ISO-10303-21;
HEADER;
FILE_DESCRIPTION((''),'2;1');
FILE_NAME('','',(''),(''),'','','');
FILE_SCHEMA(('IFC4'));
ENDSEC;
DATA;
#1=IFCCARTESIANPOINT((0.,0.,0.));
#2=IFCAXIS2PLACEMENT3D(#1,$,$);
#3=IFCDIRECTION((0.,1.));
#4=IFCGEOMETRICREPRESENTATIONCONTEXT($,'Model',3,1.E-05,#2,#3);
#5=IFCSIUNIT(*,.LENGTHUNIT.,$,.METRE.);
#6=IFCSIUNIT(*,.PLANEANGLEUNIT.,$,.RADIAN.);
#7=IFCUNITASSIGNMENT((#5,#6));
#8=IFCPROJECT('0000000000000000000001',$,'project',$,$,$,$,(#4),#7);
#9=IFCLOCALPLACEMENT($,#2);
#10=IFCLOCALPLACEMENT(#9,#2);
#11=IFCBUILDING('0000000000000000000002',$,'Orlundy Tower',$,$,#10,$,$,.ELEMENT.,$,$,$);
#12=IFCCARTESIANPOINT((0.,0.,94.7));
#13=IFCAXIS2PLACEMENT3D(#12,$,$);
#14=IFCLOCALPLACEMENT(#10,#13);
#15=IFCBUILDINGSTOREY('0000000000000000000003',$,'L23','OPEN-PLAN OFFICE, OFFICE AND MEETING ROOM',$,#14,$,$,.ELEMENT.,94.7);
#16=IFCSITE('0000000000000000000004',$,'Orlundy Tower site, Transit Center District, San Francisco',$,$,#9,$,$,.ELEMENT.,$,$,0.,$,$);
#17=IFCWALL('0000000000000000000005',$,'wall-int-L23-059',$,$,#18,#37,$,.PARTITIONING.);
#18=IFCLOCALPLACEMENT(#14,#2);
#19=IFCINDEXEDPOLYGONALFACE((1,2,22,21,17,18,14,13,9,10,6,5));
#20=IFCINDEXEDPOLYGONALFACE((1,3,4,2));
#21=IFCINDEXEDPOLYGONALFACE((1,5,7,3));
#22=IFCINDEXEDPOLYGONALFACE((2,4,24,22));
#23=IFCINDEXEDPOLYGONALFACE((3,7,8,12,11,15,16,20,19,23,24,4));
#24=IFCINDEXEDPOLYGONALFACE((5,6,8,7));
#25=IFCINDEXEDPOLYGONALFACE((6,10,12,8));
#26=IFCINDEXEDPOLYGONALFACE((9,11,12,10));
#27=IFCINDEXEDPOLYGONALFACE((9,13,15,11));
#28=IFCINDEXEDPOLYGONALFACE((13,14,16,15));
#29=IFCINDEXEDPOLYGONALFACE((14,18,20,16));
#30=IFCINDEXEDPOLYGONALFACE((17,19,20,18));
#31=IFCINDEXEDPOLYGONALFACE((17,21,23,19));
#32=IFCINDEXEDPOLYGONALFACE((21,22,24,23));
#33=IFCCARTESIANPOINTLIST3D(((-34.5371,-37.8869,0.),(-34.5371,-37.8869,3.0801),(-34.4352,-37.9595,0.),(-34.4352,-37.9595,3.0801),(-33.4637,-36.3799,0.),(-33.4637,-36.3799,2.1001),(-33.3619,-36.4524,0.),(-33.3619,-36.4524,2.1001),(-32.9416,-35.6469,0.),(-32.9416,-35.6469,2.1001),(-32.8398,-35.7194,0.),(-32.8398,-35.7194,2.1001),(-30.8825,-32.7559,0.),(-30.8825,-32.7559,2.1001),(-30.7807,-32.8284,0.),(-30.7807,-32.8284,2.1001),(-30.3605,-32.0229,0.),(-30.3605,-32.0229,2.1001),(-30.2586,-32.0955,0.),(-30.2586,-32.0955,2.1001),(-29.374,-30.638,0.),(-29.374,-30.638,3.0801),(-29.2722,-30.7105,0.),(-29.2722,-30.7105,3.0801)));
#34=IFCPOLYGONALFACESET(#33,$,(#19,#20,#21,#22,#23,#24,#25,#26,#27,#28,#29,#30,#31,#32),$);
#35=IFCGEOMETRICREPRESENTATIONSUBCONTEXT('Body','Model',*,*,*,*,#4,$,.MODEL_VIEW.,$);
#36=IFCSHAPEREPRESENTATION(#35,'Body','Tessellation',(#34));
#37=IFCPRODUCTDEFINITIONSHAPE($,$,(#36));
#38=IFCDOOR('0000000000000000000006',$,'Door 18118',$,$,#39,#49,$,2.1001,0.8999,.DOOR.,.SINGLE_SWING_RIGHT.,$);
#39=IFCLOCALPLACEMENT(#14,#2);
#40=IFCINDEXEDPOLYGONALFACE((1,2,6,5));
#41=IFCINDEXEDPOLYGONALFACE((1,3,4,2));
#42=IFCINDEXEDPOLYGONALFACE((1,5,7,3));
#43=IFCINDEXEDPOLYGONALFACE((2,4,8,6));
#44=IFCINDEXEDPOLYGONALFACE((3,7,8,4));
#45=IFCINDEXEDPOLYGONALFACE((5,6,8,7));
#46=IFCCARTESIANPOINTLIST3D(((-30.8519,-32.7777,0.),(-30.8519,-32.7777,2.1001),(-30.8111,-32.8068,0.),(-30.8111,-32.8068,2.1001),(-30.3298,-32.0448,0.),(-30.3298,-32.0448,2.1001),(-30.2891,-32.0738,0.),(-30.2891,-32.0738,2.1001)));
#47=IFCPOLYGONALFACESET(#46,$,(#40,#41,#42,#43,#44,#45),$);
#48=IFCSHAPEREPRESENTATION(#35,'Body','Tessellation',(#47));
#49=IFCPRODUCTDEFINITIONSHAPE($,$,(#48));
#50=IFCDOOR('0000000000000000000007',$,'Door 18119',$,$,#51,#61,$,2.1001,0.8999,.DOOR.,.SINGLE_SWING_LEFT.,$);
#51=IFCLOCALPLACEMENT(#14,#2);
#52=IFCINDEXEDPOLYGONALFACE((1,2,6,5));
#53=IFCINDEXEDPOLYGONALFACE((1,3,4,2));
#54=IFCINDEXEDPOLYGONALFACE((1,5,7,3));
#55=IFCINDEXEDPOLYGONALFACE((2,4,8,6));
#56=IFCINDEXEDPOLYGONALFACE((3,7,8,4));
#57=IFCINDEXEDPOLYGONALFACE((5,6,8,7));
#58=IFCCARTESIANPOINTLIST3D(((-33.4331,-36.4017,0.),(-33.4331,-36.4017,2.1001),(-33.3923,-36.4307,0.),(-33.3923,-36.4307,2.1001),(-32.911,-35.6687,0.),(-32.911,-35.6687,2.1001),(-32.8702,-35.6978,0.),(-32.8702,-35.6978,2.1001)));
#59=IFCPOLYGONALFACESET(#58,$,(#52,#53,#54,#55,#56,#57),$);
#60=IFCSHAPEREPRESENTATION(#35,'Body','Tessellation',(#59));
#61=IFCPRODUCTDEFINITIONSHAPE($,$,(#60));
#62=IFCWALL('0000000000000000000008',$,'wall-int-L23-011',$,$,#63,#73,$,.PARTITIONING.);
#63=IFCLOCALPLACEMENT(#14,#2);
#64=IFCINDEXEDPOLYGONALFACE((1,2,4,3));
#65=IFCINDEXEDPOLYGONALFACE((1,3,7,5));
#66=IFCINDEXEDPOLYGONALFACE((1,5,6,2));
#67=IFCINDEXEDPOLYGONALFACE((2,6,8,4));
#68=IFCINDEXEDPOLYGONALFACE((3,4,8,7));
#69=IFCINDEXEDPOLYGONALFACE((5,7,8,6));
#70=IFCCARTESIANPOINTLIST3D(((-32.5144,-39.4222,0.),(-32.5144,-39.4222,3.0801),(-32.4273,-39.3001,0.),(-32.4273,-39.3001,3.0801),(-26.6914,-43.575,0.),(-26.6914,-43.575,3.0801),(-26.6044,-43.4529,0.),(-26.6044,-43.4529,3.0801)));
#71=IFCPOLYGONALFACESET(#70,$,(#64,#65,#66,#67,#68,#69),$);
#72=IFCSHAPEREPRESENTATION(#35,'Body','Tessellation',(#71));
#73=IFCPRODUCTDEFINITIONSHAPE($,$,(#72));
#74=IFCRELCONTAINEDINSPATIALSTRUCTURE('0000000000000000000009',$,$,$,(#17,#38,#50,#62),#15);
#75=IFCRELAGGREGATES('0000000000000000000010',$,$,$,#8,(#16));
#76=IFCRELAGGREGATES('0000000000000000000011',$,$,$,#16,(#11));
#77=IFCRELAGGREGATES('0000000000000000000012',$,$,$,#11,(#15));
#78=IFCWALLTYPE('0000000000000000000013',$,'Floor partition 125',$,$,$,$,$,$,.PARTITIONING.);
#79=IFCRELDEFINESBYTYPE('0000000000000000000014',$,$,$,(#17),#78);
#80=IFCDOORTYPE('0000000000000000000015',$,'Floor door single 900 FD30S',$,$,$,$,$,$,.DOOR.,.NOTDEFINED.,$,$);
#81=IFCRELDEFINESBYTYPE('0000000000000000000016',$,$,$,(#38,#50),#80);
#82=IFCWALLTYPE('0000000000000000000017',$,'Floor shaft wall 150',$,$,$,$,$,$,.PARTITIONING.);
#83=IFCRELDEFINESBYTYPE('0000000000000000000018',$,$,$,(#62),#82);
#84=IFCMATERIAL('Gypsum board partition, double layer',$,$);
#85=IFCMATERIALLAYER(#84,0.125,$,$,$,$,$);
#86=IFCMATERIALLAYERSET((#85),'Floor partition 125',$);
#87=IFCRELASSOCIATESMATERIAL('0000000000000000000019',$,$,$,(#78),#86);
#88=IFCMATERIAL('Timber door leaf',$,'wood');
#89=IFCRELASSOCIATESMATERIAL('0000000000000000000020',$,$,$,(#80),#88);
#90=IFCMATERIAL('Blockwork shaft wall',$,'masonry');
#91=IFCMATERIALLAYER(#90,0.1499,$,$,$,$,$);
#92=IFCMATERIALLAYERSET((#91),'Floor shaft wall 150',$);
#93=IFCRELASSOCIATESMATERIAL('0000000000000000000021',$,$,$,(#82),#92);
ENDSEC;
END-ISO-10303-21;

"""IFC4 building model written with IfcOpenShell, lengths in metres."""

from ifc_helpers import new_model, si_unit, direction, frame, frame_2d, origin, place, context, subcontext, project, spatial, rectangle, extrude, material, layer, layer_set, type_object, element, fill, save


model = new_model("IFC4")

# Units and contexts
model_context = context("Model", 3, precision=1e-05, world=origin(), true_north=direction((0.0, 1.0)))
body_context = subcontext(model_context, "Body", "Model", "MODEL_VIEW")
ifc_project = project(units=[si_unit("LENGTHUNIT", "METRE"), si_unit("PLANEANGLEUNIT", "RADIAN")], contexts=[model_context])

# Site, building, storey
site_placement = place(None, origin())
site = spatial("IfcSite", under=ifc_project, at=site_placement, Name="Orlundy Tower site, Transit Center District, San Francisco", CompositionType="ELEMENT", RefElevation=0.0)
building_placement = place(site_placement, origin())
building = spatial("IfcBuilding", under=site, at=building_placement, Name="Orlundy Tower", CompositionType="ELEMENT")
storey_placement = place(building_placement, frame((0.0, 0.0, 94.7)))
storey = spatial("IfcBuildingStorey", under=building, at=storey_placement, Name="L23", Description="OPEN-PLAN OFFICE, OFFICE AND MEETING ROOM", CompositionType="ELEMENT", Elevation=94.7)

# Shared definitions
ifc_material_1 = material(Name="Gypsum board partition, double layer")
ifc_layer_1 = layer(ifc_material_1, 0.125)
ifc_layer_set_1 = layer_set([ifc_layer_1], Name="Floor partition 125")
wall_type_1 = type_object("IfcWallType", Name="Floor partition 125", PredefinedType="PARTITIONING", material=ifc_layer_set_1)

# Shared definitions
ifc_material_2 = material(Name="Timber door leaf", Category="wood")
door_type = type_object("IfcDoorType", Name="Floor door single 900 FD30S", OperationType="NOTDEFINED", PredefinedType="DOOR", material=ifc_material_2)

# Wall, openings, doors
wall_1_placement = place(storey_placement, frame((-34.4861, -37.9231, 0.0), z_axis=(0.0, 0.0, 1.0), x_axis=(0.580137, 0.814519, 0.0)))
wall_1 = element("IfcWall", 1, at=wall_1_placement, inside=storey, type_object=wall_type_1, Name="wall-int-L23-059", PredefinedType="PARTITIONING", context=body_context, shape_type="SweptSolid", body=[
    extrude(rectangle(XDim=8.8997, YDim=0.125, at=frame_2d((4.4497, 0.0))), origin(), (0.0, 0.0, 1.0), 3.0801),
])
opening_1_placement = place(wall_1_placement, frame((6.2993, 0.0, 0.0)))
opening_1 = element("IfcOpeningElement", 2, at=opening_1_placement, cuts=wall_1, PredefinedType="OPENING", context=body_context, shape_type="SweptSolid", body=[
    extrude(rectangle(XDim=0.8999, YDim=2.1001, at=frame_2d((0.45, 1.05))), frame((0.0, 0.0725, 0.0), z_axis=(0.0, -1.0, 0.0), x_axis=(1.0, 0.0, 0.0)), (0.0, 0.0, 1.0), 0.145),
])
opening_2_placement = place(wall_1_placement, frame((1.8501, 0.0, 0.0)))
opening_2 = element("IfcOpeningElement", 3, at=opening_2_placement, cuts=wall_1, PredefinedType="OPENING", context=body_context, shape_type="SweptSolid", body=[
    extrude(rectangle(XDim=0.8999, YDim=2.1001, at=frame_2d((0.45, 1.05))), frame((0.0, 0.0725, 0.0), z_axis=(0.0, -1.0, 0.0), x_axis=(1.0, 0.0, 0.0)), (0.0, 0.0, 1.0), 0.145),
])
door_1_placement = place(opening_1_placement, origin())
door_1 = element("IfcDoor", 4, at=door_1_placement, inside=storey, type_object=door_type, Name="Door 18118", OperationType="SINGLE_SWING_RIGHT", OverallHeight=2.1001, OverallWidth=0.8999, PredefinedType="DOOR", context=body_context, shape_type="SweptSolid", body=[
    extrude(rectangle(XDim=0.8999, YDim=2.1001, at=frame_2d((0.45, 1.05))), frame((0.0, 0.0249, 0.0), z_axis=(0.0, -1.0, 0.0), x_axis=(1.0, 0.0, 0.0)), (0.0, 0.0, 1.0), 0.05),
])
fill(opening_1, door_1)
door_2_placement = place(opening_2_placement, origin())
door_2 = element("IfcDoor", 5, at=door_2_placement, inside=storey, type_object=door_type, Name="Door 18119", OperationType="SINGLE_SWING_LEFT", OverallHeight=2.1001, OverallWidth=0.8999, PredefinedType="DOOR", context=body_context, shape_type="SweptSolid", body=[
    extrude(rectangle(XDim=0.8999, YDim=2.1001, at=frame_2d((0.45, 1.05))), frame((0.0, 0.0249, 0.0), z_axis=(0.0, -1.0, 0.0), x_axis=(1.0, 0.0, 0.0)), (0.0, 0.0, 1.0), 0.05),
])
fill(opening_2, door_2)

# Wall
ifc_material_3 = material(Name="Blockwork shaft wall", Category="masonry")
ifc_layer_2 = layer(ifc_material_3, 0.1499)
ifc_layer_set_2 = layer_set([ifc_layer_2], Name="Floor shaft wall 150")
wall_type_2 = type_object("IfcWallType", Name="Floor shaft wall 150", PredefinedType="PARTITIONING", material=ifc_layer_set_2)
wall_2_placement = place(storey_placement, frame((-32.4709, -39.3611, 0.0), z_axis=(0.0, 0.0, 1.0), x_axis=(0.81416, -0.580641, 0.0)))
element("IfcWall", 6, at=wall_2_placement, inside=storey, type_object=wall_type_2, Name="wall-int-L23-011", PredefinedType="PARTITIONING", context=body_context, shape_type="SweptSolid", body=[
    extrude(rectangle(XDim=7.1521, YDim=0.1499, at=frame_2d((3.5762, 0.0))), origin(), (0.0, 0.0, 1.0), 3.0801),
])

save(model, "model.ifc")
